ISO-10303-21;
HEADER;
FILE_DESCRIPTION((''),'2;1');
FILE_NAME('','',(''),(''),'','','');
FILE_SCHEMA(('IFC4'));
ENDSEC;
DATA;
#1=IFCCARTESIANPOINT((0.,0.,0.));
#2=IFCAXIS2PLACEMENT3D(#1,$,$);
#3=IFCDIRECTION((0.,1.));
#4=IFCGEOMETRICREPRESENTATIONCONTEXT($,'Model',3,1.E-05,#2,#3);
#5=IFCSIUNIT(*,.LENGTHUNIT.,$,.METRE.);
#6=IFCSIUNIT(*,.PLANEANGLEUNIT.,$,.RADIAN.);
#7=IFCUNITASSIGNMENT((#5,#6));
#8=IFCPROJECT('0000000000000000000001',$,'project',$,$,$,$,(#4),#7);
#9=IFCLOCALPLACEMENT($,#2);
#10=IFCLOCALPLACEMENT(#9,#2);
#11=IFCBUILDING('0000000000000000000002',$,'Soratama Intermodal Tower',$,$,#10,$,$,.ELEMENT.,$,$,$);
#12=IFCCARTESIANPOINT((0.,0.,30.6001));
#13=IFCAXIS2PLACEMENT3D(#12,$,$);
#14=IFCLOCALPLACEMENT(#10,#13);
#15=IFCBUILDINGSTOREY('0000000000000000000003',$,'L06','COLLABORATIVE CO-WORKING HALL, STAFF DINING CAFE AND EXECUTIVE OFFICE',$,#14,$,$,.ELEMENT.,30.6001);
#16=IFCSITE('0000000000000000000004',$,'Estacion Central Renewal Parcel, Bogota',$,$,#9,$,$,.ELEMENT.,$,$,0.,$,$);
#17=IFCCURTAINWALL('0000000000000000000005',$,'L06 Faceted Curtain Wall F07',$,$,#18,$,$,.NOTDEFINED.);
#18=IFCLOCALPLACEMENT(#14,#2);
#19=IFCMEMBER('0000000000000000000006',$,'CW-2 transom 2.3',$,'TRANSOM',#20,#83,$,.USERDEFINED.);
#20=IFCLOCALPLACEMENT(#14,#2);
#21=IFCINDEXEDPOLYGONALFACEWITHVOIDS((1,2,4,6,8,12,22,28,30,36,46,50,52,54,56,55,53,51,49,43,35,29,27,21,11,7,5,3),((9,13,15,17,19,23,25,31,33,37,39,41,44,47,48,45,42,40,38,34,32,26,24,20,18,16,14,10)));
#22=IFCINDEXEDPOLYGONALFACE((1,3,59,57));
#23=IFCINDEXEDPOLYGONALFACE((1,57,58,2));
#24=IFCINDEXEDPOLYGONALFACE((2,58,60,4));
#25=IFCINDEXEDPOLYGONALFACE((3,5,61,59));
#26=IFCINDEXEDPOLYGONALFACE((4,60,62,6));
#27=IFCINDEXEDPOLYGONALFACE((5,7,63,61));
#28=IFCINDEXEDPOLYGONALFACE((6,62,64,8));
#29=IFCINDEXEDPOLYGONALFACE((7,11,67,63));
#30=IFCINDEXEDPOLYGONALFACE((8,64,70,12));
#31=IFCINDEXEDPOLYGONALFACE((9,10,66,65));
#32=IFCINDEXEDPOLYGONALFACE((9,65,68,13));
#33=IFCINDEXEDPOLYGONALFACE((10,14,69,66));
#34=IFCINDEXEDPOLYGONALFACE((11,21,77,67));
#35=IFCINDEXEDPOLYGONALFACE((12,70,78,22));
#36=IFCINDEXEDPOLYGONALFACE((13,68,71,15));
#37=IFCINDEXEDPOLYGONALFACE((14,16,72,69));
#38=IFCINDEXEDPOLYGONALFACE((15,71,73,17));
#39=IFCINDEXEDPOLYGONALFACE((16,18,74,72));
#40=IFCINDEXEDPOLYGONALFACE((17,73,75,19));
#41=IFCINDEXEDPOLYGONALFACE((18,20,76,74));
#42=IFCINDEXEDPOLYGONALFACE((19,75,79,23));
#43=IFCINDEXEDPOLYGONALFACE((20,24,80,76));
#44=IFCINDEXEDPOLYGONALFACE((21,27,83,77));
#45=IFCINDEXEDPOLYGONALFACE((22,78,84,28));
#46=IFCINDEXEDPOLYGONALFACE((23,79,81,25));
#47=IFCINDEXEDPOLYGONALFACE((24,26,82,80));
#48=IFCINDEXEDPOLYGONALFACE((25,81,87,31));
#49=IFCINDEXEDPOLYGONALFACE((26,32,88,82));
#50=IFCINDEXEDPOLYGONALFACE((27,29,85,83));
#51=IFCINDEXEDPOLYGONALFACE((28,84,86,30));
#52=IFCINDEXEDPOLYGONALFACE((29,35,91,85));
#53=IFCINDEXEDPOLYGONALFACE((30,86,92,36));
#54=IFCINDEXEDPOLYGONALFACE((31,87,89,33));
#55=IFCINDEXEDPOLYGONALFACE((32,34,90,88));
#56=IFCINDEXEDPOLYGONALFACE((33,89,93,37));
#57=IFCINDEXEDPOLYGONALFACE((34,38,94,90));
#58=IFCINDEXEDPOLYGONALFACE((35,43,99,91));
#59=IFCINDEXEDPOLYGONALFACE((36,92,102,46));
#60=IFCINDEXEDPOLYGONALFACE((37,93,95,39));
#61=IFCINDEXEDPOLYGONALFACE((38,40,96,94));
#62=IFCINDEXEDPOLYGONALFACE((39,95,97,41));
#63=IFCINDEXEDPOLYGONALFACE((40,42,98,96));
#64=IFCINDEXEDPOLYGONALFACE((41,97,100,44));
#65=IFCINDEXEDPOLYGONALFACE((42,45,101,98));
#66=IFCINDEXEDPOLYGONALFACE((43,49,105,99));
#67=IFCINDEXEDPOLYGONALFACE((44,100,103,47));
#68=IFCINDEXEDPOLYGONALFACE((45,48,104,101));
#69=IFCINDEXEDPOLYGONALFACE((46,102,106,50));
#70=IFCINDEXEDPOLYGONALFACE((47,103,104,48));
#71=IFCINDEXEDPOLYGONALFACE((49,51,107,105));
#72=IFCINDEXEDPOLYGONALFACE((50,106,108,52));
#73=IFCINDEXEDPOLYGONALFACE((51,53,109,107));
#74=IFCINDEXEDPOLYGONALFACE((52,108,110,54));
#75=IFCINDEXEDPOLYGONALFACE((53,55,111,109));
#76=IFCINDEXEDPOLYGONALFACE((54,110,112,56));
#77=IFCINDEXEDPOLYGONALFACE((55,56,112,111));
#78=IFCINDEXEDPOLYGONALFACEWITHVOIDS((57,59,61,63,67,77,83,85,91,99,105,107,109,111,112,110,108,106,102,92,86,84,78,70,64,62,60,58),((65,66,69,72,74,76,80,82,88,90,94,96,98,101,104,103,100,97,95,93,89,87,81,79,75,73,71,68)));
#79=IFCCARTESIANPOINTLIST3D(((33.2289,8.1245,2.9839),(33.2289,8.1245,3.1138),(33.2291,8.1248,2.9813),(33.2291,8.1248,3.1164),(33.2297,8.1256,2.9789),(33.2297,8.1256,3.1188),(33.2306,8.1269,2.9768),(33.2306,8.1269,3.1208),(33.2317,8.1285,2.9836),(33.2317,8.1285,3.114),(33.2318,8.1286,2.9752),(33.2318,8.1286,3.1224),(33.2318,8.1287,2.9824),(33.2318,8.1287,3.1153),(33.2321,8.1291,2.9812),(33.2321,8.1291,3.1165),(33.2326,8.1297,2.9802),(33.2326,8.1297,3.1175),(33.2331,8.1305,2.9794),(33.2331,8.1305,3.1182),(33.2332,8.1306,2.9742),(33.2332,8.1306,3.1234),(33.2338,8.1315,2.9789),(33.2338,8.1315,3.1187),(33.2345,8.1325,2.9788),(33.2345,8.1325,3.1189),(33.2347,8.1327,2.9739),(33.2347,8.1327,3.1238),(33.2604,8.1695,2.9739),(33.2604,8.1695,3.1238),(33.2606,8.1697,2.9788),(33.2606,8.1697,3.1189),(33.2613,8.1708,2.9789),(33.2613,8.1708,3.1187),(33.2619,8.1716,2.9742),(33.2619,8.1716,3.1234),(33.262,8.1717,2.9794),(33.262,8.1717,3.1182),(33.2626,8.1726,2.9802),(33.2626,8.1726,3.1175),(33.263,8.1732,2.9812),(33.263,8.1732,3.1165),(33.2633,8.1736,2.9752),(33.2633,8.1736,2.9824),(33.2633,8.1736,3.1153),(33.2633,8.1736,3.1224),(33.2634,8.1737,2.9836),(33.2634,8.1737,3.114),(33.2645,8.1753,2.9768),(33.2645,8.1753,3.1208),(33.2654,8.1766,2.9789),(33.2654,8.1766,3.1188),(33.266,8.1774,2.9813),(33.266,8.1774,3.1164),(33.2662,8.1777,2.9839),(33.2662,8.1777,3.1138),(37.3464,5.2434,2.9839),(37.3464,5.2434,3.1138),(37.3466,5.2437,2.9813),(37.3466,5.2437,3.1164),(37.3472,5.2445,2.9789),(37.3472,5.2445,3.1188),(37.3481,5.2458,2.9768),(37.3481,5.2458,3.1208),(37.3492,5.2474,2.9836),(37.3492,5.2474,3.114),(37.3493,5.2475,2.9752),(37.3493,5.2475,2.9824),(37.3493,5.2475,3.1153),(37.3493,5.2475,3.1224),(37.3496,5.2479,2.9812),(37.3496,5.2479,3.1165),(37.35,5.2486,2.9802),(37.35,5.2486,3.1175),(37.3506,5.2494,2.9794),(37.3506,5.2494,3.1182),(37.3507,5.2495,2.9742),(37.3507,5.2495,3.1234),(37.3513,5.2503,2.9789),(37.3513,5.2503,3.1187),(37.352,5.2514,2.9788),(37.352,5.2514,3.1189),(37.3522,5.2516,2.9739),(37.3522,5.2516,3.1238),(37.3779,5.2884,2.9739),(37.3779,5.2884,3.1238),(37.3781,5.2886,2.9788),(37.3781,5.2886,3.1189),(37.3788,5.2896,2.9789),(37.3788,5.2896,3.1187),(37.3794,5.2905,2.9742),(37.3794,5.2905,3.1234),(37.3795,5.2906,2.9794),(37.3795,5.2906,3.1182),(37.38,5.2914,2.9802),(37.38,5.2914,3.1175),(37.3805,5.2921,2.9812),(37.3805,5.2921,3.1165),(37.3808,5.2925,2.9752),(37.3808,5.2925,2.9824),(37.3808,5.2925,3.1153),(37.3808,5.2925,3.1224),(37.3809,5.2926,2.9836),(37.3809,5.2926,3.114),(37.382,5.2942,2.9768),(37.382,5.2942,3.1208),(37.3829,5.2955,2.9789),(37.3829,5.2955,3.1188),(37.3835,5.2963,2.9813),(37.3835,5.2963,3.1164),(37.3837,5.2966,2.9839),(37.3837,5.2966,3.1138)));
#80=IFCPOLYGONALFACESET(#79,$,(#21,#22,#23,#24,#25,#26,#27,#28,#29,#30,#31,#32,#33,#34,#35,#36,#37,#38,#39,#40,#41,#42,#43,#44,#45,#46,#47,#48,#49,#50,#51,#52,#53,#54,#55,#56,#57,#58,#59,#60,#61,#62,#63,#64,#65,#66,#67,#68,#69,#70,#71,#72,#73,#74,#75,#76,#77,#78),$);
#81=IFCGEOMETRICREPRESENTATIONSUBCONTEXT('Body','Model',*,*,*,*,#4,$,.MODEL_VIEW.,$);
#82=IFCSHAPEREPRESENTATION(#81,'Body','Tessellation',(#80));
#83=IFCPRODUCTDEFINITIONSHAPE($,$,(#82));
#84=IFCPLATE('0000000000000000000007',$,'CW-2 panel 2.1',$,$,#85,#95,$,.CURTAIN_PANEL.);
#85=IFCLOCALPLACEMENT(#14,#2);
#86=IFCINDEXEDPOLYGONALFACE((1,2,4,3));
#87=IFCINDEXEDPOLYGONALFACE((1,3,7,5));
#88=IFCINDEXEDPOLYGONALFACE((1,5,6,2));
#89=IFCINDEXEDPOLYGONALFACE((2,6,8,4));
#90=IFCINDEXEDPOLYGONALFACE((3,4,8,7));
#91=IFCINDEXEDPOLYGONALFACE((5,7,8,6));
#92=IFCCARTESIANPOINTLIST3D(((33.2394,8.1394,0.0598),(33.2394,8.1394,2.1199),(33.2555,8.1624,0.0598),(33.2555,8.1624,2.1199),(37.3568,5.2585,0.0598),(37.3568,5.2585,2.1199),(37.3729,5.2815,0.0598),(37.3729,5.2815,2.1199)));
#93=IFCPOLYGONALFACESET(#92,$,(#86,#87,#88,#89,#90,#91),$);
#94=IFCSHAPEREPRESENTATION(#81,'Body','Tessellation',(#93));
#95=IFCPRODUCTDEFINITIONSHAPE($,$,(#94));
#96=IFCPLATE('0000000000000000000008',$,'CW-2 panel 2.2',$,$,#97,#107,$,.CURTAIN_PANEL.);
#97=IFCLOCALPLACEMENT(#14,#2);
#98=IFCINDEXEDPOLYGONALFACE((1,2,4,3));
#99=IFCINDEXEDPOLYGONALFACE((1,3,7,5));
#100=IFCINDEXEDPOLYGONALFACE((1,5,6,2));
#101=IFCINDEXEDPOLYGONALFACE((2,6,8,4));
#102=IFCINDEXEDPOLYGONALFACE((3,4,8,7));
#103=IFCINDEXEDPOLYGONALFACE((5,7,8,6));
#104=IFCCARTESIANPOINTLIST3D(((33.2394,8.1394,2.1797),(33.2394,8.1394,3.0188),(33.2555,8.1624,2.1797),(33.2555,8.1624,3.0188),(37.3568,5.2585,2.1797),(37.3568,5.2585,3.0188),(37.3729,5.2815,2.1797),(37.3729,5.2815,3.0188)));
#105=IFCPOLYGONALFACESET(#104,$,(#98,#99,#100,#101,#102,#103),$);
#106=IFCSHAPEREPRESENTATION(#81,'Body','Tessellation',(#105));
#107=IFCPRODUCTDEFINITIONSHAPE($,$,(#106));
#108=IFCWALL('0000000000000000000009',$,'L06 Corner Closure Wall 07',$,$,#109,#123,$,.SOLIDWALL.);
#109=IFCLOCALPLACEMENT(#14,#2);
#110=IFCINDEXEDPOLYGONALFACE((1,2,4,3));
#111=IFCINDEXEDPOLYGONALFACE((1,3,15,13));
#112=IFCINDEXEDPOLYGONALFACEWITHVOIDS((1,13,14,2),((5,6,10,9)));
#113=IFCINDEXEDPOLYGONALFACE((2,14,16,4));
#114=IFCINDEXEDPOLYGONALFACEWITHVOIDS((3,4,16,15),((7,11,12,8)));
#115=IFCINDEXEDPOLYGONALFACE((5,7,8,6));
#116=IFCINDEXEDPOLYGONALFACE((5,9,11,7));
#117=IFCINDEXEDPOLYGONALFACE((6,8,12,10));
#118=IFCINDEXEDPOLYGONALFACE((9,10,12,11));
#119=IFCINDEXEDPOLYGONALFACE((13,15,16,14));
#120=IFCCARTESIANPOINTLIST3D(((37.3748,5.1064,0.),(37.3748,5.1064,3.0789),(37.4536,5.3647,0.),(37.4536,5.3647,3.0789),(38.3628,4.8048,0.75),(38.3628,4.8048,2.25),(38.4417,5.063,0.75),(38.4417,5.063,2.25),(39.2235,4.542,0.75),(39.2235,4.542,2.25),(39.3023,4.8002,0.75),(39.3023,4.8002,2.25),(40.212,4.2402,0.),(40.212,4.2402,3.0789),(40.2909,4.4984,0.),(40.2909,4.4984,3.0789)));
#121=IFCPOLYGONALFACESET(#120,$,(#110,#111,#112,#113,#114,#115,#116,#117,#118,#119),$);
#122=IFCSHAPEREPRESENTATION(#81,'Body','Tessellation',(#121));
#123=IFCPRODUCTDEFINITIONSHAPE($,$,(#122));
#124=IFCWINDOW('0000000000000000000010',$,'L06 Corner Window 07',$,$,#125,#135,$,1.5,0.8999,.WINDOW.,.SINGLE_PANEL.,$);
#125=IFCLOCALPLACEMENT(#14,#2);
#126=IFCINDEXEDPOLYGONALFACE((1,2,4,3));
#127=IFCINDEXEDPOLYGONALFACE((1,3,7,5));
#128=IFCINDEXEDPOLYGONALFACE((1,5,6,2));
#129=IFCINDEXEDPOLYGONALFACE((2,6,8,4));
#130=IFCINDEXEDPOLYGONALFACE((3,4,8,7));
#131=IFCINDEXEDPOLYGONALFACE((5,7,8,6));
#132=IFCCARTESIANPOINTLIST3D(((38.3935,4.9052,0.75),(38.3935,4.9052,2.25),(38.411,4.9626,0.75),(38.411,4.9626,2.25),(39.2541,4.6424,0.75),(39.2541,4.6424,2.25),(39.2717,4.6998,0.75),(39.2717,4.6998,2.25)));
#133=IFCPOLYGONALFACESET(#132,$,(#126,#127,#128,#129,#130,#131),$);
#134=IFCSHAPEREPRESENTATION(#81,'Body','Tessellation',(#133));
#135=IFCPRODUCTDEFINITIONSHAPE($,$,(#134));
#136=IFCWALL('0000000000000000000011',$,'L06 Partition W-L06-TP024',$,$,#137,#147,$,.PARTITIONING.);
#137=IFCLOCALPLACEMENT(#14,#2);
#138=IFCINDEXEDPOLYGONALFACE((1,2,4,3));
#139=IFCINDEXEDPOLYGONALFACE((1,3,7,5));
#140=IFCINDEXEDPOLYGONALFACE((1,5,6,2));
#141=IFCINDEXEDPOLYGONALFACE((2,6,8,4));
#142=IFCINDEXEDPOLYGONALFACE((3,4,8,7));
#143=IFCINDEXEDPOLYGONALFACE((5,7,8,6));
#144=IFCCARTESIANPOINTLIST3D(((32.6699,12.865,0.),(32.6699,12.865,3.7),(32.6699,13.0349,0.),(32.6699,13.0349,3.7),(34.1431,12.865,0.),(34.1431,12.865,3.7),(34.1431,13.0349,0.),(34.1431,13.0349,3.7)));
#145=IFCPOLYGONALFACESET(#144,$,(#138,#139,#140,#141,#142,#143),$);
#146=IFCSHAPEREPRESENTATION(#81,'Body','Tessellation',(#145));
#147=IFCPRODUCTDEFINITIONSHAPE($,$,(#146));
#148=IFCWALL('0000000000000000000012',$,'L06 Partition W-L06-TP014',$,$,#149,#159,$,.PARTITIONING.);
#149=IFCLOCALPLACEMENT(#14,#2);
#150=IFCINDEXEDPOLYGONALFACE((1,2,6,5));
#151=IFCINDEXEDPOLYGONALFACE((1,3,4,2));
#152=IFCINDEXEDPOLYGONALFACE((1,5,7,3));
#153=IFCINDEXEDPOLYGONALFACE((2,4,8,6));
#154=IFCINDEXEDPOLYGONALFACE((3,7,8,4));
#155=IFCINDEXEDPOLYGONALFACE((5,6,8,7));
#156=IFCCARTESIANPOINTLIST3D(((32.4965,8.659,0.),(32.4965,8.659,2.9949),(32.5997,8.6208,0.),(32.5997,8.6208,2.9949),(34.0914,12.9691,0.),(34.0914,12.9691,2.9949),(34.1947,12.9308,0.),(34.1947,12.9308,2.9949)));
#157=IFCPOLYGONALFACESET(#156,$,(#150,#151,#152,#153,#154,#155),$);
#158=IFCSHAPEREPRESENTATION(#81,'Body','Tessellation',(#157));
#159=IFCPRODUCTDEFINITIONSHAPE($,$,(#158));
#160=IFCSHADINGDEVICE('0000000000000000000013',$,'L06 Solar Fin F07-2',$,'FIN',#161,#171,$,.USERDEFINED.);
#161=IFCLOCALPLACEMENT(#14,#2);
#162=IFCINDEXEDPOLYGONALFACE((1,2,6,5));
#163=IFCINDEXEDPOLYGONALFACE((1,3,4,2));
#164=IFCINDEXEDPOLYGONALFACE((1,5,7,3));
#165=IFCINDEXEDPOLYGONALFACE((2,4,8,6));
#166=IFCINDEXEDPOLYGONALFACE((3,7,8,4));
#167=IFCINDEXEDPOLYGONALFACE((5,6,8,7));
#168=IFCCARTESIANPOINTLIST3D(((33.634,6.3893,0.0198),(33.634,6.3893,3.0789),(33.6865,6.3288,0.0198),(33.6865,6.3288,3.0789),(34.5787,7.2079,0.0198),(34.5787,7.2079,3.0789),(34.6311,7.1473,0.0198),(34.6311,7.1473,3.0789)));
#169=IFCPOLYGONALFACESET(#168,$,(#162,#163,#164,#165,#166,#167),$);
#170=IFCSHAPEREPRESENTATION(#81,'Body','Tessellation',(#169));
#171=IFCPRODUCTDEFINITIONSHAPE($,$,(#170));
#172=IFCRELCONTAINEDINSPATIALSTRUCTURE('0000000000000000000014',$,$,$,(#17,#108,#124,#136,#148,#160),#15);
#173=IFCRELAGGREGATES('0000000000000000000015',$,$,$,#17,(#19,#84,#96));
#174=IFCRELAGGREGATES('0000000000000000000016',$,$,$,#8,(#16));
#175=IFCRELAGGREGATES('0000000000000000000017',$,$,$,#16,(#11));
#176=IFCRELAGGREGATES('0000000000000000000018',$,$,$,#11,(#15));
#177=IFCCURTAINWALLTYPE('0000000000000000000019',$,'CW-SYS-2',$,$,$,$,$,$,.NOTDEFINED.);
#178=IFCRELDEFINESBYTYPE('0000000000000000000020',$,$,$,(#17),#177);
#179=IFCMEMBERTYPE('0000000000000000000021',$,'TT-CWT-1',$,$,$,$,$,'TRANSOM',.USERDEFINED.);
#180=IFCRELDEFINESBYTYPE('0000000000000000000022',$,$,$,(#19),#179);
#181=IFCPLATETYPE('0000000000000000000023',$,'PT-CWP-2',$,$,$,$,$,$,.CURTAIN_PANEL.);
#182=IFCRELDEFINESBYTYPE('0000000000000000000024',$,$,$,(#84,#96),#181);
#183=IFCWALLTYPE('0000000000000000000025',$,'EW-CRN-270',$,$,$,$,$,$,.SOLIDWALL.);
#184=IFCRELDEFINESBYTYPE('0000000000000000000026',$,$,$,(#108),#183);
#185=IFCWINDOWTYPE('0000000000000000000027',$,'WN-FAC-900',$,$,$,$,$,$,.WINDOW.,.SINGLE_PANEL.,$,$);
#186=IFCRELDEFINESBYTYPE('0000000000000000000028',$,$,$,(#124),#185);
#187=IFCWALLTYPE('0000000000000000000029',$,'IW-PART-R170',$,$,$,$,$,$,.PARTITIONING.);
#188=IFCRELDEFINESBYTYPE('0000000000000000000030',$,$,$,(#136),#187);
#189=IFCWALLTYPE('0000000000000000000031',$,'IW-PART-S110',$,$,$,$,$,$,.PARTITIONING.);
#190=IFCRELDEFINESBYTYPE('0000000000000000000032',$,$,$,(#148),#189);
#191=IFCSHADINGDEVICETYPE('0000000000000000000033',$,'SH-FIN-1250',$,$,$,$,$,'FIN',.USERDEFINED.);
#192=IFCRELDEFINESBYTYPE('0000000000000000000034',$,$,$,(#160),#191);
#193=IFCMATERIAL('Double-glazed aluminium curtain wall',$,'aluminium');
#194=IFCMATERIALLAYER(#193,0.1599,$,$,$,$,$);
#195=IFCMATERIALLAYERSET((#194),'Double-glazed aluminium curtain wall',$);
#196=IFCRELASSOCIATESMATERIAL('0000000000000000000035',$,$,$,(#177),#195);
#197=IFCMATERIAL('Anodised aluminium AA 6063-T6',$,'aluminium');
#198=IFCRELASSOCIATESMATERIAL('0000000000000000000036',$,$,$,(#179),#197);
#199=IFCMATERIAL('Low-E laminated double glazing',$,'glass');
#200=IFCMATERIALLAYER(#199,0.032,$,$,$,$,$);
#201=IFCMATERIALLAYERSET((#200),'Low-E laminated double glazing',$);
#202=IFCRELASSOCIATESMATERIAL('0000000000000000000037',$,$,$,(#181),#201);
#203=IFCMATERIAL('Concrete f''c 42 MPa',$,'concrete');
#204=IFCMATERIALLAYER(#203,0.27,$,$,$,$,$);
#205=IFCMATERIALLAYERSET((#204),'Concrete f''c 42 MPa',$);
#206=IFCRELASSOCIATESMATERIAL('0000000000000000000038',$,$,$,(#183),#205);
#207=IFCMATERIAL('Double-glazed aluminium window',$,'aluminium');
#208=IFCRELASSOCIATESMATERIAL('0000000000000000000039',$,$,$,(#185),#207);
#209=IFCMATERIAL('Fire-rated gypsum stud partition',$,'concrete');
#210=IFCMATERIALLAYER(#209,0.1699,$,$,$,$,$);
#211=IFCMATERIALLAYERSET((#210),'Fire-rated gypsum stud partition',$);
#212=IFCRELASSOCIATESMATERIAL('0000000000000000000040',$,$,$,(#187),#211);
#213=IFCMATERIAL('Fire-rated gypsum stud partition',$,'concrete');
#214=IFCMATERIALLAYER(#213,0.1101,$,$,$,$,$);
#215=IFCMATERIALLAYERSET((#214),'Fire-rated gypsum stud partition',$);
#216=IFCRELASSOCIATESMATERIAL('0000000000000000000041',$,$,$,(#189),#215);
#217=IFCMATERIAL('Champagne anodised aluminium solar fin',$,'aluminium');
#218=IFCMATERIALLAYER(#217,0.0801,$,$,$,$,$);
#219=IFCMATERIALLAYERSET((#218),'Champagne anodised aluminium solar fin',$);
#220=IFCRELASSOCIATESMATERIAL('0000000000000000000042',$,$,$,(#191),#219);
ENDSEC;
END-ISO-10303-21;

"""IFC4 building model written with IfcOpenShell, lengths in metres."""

from ifc_helpers import new_model, si_unit, direction, frame, frame_2d, origin, origin_2d, place, context, subcontext, project, spatial, rectangle, hollow_rectangle, extrude, material, layer, layer_set, material_profile, profile_set, type_object, element, fill, aggregate, save


model = new_model("IFC4")

# Units and contexts
model_context = context("Model", 3, precision=1e-05, world=origin(), true_north=direction((0.0, 1.0)))
body_context = subcontext(model_context, "Body", "Model", "MODEL_VIEW")
ifc_project = project(units=[si_unit("LENGTHUNIT", "METRE"), si_unit("PLANEANGLEUNIT", "RADIAN")], contexts=[model_context])

# Site, building, storey
site_placement = place(None, origin())
site = spatial("IfcSite", under=ifc_project, at=site_placement, Name="Estacion Central Renewal Parcel, Bogota", CompositionType="ELEMENT", RefElevation=0.0)
building_placement = place(site_placement, origin())
building = spatial("IfcBuilding", under=site, at=building_placement, Name="Soratama Intermodal Tower", CompositionType="ELEMENT")
storey_placement = place(building_placement, frame((0.0, 0.0, 30.6001)))
storey = spatial("IfcBuildingStorey", under=building, at=storey_placement, Name="L06", Description="COLLABORATIVE CO-WORKING HALL, STAFF DINING CAFE AND EXECUTIVE OFFICE", CompositionType="ELEMENT", Elevation=30.6001)

# Curtain wall, member, plates
ifc_material_1 = material(Name="Double-glazed aluminium curtain wall", Category="aluminium")
ifc_layer_1 = layer(ifc_material_1, 0.1599)
ifc_layer_set_1 = layer_set([ifc_layer_1], Name="Double-glazed aluminium curtain wall")
curtain_wall_type = type_object("IfcCurtainWallType", Name="CW-SYS-2", PredefinedType="NOTDEFINED", material=ifc_layer_set_1)
curtain_wall_placement = place(storey_placement, origin())
curtain_wall = element("IfcCurtainWall", 1, at=curtain_wall_placement, inside=storey, type_object=curtain_wall_type, Name="L06 Faceted Curtain Wall F07", PredefinedType="NOTDEFINED")
ifc_material_2 = material(Name="Anodised aluminium AA 6063-T6", Category="aluminium")
ifc_material_profile_1 = material_profile(ifc_material_2, hollow_rectangle(XDim=0.0649, YDim=0.1499, WallThickness=0.0049, InnerFilletRadius=0.0049, OuterFilletRadius=0.01, at=origin_2d()), Name="CWT150X65X5")
ifc_profile_set_1 = profile_set([ifc_material_profile_1], Name="Anodised aluminium AA 6063-T6")
member_type_1 = type_object("IfcMemberType", Name="TT-CWT-1", ElementType="TRANSOM", PredefinedType="USERDEFINED", material=ifc_profile_set_1)
member_1_placement = place(storey_placement, frame((33.2476, 8.1511, 3.0488), z_axis=(0.819335, -0.573316, 0.0), x_axis=(0.573316, 0.819335, 0.0)))
member_1 = element("IfcMember", 2, at=member_1_placement, type_object=member_type_1, Name="CW-2 transom 2.3", ObjectType="TRANSOM", PredefinedType="USERDEFINED", context=body_context, shape_type="SweptSolid", body=[
    extrude(hollow_rectangle(XDim=0.0649, YDim=0.1499, WallThickness=0.0049, InnerFilletRadius=0.0049, OuterFilletRadius=0.01, at=origin_2d()), origin(), (0.0, 0.0, 1.0), 5.0254),
])
ifc_material_3 = material(Name="Low-E laminated double glazing", Category="glass")
ifc_layer_2 = layer(ifc_material_3, 0.032)
ifc_layer_set_2 = layer_set([ifc_layer_2], Name="Low-E laminated double glazing")
plate_type = type_object("IfcPlateType", Name="PT-CWP-2", PredefinedType="CURTAIN_PANEL", material=ifc_layer_set_2)
plate_1_placement = place(storey_placement, frame((35.3062, 6.7104, 0.0598), z_axis=(0.0, 0.0, 1.0), x_axis=(0.819349, -0.573296, 0.0)))
plate_1 = element("IfcPlate", 3, at=plate_1_placement, type_object=plate_type, Name="CW-2 panel 2.1", PredefinedType="CURTAIN_PANEL", context=body_context, shape_type="SweptSolid", body=[
    extrude(rectangle(XDim=5.0251, YDim=0.0281, at=origin_2d()), origin(), (0.0, 0.0, 1.0), 2.0601),
])
plate_2_placement = place(storey_placement, frame((35.3062, 6.7104, 2.1797), z_axis=(0.0, 0.0, 1.0), x_axis=(0.819349, -0.573296, 0.0)))
plate_2 = element("IfcPlate", 4, at=plate_2_placement, type_object=plate_type, Name="CW-2 panel 2.2", PredefinedType="CURTAIN_PANEL", context=body_context, shape_type="SweptSolid", body=[
    extrude(rectangle(XDim=5.0251, YDim=0.0281, at=origin_2d()), origin(), (0.0, 0.0, 1.0), 0.8391),
])
aggregate(curtain_wall, [member_1, plate_1, plate_2])

# Wall, opening, window
ifc_material_4 = material(Name="Concrete f'c 42 MPa", Category="concrete")
ifc_layer_3 = layer(ifc_material_4, 0.27)
ifc_layer_set_3 = layer_set([ifc_layer_3], Name="Concrete f'c 42 MPa")
wall_type_1 = type_object("IfcWallType", Name="EW-CRN-270", PredefinedType="SOLIDWALL", material=ifc_layer_set_3)
wall_1_placement = place(storey_placement, frame((37.4141, 5.2356, 0.0), z_axis=(0.0, 0.0, 1.0), x_axis=(0.956417, -0.292003, 0.0)))
wall_1 = element("IfcWall", 5, at=wall_1_placement, inside=storey, type_object=wall_type_1, Name="L06 Corner Closure Wall 07", PredefinedType="SOLIDWALL", context=body_context, shape_type="SweptSolid", body=[
    extrude(rectangle(XDim=2.9666, YDim=0.27, at=frame_2d((1.4834, 0.0))), origin(), (0.0, 0.0, 1.0), 3.0789),
])
opening_1_placement = place(wall_1_placement, frame((1.0332, 0.0, 0.75)))
opening_1 = element("IfcOpeningElement", 6, at=opening_1_placement, cuts=wall_1, PredefinedType="OPENING", context=body_context, shape_type="SweptSolid", body=[
    extrude(rectangle(XDim=0.8999, YDim=1.5, at=frame_2d((0.45, 0.75))), frame((0.0, 0.145, 0.0), z_axis=(0.0, -1.0, 0.0), x_axis=(1.0, 0.0, 0.0)), (0.0, 0.0, 1.0), 0.29),
])
ifc_material_5 = material(Name="Double-glazed aluminium window", Category="aluminium")
window_type = type_object("IfcWindowType", Name="WN-FAC-900", PartitioningType="SINGLE_PANEL", PredefinedType="WINDOW", material=ifc_material_5)
window_placement = place(opening_1_placement, origin())
window = element("IfcWindow", 7, at=window_placement, inside=storey, type_object=window_type, Name="L06 Corner Window 07", OverallHeight=1.5, OverallWidth=0.8999, PartitioningType="SINGLE_PANEL", PredefinedType="WINDOW", context=body_context, shape_type="SweptSolid", body=[
    extrude(rectangle(XDim=0.8999, YDim=1.5, at=frame_2d((0.45, 0.75))), frame((0.0, 0.03, 0.0), z_axis=(0.0, -1.0, 0.0), x_axis=(1.0, 0.0, 0.0)), (0.0, 0.0, 1.0), 0.0601),
])
fill(opening_1, window)

# Shared definitions
ifc_material_6 = material(Name="Fire-rated gypsum stud partition", Category="concrete")
ifc_layer_4 = layer(ifc_material_6, 0.1699)
ifc_layer_set_4 = layer_set([ifc_layer_4], Name="Fire-rated gypsum stud partition")
wall_type_2 = type_object("IfcWallType", Name="IW-PART-R170", PredefinedType="PARTITIONING", material=ifc_layer_set_4)

# Walls
wall_2_placement = place(storey_placement, frame((34.1431, 12.95, 0.0), z_axis=(0.0, 0.0, 1.0), x_axis=(-1.0, 0.0, 0.0)))
element("IfcWall", 8, at=wall_2_placement, inside=storey, type_object=wall_type_2, Name="L06 Partition W-L06-TP024", PredefinedType="PARTITIONING", context=body_context, shape_type="SweptSolid", body=[
    extrude(rectangle(XDim=1.4731, YDim=0.1699, at=frame_2d((0.7366, 0.0))), origin(), (0.0, 0.0, 1.0), 3.7),
])
ifc_material_7 = material(Name="Fire-rated gypsum stud partition", Category="concrete")
ifc_layer_5 = layer(ifc_material_7, 0.1101)
ifc_layer_set_5 = layer_set([ifc_layer_5], Name="Fire-rated gypsum stud partition")
wall_type_3 = type_object("IfcWallType", Name="IW-PART-S110", PredefinedType="PARTITIONING", material=ifc_layer_set_5)
wall_3_placement = place(storey_placement, frame((34.1431, 12.95, 0.0), z_axis=(0.0, 0.0, 1.0), x_axis=(-0.347057, -0.937844, 0.0)))
element("IfcWall", 9, at=wall_3_placement, inside=storey, type_object=wall_type_3, Name="L06 Partition W-L06-TP014", PredefinedType="PARTITIONING", context=body_context, shape_type="SweptSolid", body=[
    extrude(rectangle(XDim=4.5957, YDim=0.1101, at=frame_2d((2.2979, 0.0))), origin(), (0.0, 0.0, 1.0), 2.9949),
])

# Shading device
ifc_material_8 = material(Name="Champagne anodised aluminium solar fin", Category="aluminium")
ifc_layer_6 = layer(ifc_material_8, 0.0801)
ifc_layer_set_6 = layer_set([ifc_layer_6], Name="Champagne anodised aluminium solar fin")
shading_device_type = type_object("IfcShadingDeviceType", Name="SH-FIN-1250", ElementType="FIN", PredefinedType="USERDEFINED", material=ifc_layer_set_6)
shading_device_placement = place(storey_placement, frame((34.1326, 6.7683, 0.0198), z_axis=(0.0, 0.0, 1.0), x_axis=(-0.755739, -0.654873, 0.0)))
element("IfcShadingDevice", 10, at=shading_device_placement, inside=storey, type_object=shading_device_type, Name="L06 Solar Fin F07-2", ObjectType="FIN", PredefinedType="USERDEFINED", context=body_context, shape_type="SweptSolid", body=[
    extrude(rectangle(XDim=1.25, YDim=0.0801, at=origin_2d()), origin(), (0.0, 0.0, 1.0), 3.0591),
])

save(model, "model.ifc")
